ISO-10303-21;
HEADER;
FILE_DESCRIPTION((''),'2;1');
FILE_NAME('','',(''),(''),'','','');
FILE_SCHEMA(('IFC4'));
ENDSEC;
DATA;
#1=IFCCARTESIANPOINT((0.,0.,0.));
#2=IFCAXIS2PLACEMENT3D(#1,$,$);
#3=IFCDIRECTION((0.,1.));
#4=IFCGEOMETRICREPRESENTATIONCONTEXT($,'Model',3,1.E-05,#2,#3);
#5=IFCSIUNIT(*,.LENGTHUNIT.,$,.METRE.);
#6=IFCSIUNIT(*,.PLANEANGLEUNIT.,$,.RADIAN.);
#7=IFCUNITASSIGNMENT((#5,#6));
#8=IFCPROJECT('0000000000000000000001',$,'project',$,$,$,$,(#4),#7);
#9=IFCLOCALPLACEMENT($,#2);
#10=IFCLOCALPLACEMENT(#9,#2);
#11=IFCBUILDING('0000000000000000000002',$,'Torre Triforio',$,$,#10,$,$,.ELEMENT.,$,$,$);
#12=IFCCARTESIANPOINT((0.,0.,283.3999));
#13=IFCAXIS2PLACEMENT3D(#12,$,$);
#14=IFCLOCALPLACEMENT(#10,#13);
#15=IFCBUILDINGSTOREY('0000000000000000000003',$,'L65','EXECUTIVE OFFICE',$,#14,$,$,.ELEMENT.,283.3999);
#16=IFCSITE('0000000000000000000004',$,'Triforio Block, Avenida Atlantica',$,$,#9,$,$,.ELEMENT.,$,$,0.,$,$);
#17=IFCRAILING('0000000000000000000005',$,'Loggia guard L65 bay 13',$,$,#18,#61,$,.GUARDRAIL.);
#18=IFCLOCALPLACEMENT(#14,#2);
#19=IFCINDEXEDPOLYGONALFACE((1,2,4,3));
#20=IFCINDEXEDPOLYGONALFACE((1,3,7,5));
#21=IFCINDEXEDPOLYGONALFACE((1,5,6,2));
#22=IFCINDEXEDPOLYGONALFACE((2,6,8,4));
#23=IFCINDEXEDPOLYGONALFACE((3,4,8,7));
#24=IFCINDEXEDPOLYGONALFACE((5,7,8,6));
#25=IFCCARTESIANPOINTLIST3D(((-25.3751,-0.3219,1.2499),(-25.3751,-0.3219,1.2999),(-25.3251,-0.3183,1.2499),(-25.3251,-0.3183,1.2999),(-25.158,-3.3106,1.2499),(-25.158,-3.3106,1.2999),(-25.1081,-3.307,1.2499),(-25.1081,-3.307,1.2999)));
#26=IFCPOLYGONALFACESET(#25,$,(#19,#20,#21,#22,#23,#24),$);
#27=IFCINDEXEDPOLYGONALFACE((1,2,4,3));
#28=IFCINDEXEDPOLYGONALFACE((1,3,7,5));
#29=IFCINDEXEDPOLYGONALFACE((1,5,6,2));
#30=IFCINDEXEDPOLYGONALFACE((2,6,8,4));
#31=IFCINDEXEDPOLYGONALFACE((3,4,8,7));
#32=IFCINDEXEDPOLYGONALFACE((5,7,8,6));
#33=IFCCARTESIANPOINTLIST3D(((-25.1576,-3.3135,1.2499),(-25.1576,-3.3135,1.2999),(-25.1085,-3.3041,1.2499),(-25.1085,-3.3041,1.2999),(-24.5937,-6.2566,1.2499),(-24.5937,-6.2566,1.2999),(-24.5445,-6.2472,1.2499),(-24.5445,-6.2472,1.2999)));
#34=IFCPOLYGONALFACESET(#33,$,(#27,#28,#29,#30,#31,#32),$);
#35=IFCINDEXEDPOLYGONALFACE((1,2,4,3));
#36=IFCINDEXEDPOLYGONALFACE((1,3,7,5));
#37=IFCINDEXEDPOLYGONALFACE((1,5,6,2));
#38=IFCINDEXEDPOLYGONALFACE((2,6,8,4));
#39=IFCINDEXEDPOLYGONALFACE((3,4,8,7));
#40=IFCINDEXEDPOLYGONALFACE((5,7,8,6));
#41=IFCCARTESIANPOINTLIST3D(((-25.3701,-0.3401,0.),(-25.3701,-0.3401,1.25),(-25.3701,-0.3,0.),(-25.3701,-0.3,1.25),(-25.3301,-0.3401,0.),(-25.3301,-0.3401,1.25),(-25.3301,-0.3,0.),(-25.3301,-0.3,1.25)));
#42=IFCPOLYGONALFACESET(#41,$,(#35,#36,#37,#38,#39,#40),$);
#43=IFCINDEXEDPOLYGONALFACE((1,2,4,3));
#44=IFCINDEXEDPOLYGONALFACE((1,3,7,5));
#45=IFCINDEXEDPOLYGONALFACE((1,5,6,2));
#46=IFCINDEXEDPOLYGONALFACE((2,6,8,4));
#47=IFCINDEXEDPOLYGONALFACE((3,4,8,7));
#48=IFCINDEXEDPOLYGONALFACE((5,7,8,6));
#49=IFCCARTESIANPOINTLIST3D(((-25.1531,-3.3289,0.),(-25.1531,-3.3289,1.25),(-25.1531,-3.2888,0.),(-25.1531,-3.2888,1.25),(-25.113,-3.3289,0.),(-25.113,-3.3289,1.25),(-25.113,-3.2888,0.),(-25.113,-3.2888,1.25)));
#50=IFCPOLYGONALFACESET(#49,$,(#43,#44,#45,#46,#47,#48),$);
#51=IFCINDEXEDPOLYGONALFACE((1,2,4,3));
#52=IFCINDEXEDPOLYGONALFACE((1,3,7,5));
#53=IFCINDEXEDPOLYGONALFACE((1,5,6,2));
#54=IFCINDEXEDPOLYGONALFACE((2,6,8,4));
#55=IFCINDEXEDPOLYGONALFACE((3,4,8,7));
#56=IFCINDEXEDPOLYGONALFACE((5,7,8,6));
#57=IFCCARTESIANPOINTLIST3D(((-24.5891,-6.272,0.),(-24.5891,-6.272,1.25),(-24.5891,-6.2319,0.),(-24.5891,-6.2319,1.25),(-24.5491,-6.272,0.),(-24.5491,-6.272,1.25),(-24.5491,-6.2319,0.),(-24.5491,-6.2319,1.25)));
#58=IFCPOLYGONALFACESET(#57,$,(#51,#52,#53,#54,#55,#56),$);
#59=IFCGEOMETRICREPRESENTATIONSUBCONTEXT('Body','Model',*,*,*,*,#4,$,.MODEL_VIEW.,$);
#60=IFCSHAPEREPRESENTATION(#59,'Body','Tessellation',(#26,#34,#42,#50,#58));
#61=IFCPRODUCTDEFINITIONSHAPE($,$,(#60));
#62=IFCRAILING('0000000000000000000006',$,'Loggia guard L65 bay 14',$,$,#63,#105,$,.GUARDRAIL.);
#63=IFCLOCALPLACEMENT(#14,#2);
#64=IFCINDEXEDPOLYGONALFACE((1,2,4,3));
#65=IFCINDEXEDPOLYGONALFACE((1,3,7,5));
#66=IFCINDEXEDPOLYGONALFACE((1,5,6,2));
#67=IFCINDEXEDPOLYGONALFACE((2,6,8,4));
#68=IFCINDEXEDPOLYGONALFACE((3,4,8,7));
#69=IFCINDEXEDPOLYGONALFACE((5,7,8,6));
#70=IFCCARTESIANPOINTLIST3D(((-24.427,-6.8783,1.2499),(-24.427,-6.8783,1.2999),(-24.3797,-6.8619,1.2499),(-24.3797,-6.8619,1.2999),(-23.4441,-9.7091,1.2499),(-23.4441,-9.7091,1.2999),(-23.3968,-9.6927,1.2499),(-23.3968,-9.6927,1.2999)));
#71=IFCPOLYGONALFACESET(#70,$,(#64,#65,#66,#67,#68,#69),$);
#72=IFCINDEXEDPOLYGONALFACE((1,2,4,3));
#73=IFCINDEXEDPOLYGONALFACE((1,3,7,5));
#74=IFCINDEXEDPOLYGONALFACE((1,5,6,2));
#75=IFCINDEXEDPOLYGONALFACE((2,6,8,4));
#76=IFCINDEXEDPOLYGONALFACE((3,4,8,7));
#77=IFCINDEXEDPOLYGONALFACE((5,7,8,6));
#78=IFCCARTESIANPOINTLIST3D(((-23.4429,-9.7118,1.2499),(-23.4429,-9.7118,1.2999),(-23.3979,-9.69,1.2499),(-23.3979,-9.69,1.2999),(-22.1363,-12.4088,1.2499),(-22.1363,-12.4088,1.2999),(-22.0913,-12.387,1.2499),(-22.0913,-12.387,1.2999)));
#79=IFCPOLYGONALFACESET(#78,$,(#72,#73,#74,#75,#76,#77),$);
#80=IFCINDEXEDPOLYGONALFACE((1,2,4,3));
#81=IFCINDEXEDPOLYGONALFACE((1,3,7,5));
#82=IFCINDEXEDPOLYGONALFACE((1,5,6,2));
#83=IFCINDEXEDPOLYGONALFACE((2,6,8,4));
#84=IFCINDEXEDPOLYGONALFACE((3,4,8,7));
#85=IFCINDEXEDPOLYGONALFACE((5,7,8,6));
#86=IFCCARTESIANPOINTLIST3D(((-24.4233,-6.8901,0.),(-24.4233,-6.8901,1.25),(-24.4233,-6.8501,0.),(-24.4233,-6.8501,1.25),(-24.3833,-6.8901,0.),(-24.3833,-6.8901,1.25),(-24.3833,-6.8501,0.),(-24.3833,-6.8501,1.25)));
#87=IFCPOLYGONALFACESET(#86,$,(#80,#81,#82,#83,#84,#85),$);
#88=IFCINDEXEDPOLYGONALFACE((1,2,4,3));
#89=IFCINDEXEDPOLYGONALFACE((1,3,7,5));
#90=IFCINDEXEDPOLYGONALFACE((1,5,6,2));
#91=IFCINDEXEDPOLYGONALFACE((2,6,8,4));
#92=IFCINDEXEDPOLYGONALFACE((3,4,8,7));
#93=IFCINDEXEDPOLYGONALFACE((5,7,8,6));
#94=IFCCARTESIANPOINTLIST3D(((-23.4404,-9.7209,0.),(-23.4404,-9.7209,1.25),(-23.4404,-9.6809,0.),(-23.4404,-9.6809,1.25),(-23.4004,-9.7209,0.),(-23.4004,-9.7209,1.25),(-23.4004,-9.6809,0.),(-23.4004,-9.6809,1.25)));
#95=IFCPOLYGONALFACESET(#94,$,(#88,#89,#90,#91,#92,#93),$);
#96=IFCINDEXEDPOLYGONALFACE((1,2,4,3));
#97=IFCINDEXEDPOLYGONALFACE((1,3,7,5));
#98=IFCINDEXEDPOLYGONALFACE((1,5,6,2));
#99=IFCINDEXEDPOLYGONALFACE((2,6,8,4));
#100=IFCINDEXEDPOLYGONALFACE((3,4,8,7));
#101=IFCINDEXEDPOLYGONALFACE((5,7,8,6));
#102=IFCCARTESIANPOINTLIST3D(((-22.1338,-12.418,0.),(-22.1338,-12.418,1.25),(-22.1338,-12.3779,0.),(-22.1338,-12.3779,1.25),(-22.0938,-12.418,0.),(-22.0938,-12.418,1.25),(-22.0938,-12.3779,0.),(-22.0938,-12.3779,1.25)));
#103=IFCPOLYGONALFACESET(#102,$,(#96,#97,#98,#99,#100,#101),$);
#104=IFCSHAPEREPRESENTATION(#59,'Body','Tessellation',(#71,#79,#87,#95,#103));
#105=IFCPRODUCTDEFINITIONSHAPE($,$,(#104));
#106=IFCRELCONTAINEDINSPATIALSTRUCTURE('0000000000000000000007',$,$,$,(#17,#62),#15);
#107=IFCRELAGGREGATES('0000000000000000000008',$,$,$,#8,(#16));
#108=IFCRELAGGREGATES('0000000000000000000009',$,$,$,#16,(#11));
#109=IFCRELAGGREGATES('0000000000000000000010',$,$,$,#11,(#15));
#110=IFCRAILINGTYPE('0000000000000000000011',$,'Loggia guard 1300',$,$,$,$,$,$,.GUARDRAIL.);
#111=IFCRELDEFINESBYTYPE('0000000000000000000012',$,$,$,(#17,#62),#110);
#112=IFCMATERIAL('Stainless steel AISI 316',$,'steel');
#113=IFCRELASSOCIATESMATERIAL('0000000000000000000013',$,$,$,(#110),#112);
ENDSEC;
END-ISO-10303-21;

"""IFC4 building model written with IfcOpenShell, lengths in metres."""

from ifc_helpers import new_model, si_unit, direction, frame, origin, origin_2d, place, context, subcontext, project, spatial, rectangle, extrude, material, type_object, element, save


model = new_model("IFC4")

# Units and contexts
model_context = context("Model", 3, precision=1e-05, world=origin(), true_north=direction((0.0, 1.0)))
body_context = subcontext(model_context, "Body", "Model", "MODEL_VIEW")
ifc_project = project(units=[si_unit("LENGTHUNIT", "METRE"), si_unit("PLANEANGLEUNIT", "RADIAN")], contexts=[model_context])

# Site, building, storey
site_placement = place(None, origin())
site = spatial("IfcSite", under=ifc_project, at=site_placement, Name="Triforio Block, Avenida Atlantica", CompositionType="ELEMENT", RefElevation=0.0)
building_placement = place(site_placement, origin())
building = spatial("IfcBuilding", under=site, at=building_placement, Name="Torre Triforio", CompositionType="ELEMENT")
storey_placement = place(building_placement, frame((0.0, 0.0, 283.3999)))
storey = spatial("IfcBuildingStorey", under=building, at=storey_placement, Name="L65", Description="EXECUTIVE OFFICE", CompositionType="ELEMENT", Elevation=283.3999)

# Railings
ifc_material_1 = material(Name="Stainless steel AISI 316", Category="steel")
railing_type = type_object("IfcRailingType", Name="Loggia guard 1300", PredefinedType="GUARDRAIL", material=ifc_material_1)
railing_1_placement = place(storey_placement, frame((-25.3501, -0.3201, 0.0)))
element("IfcRailing", 1, at=railing_1_placement, inside=storey, type_object=railing_type, Name="Loggia guard L65 bay 13", PredefinedType="GUARDRAIL", context=body_context, shape_type="SweptSolid", body=[
    extrude(rectangle(XDim=0.05, YDim=0.05, at=origin_2d()), frame((0.0, 0.0, 1.2749), z_axis=(0.072428, -0.997374, 0.0), x_axis=(0.997374, 0.072428, 0.0)), (0.0, 0.0, 1.0), 2.9966),
    extrude(rectangle(XDim=0.05, YDim=0.05, at=origin_2d()), frame((0.217, -2.9888, 1.2749), z_axis=(0.188198, -0.982131, 0.0), x_axis=(0.982131, 0.188198, 0.0)), (0.0, 0.0, 1.0), 2.9966),
    extrude(rectangle(XDim=0.04, YDim=0.04, at=origin_2d()), origin(), (0.0, 0.0, 1.0), 1.25),
    extrude(rectangle(XDim=0.04, YDim=0.04, at=origin_2d()), frame((0.217, -2.9888, 0.0)), (0.0, 0.0, 1.0), 1.25),
    extrude(rectangle(XDim=0.04, YDim=0.04, at=origin_2d()), frame((0.781, -5.9319, 0.0)), (0.0, 0.0, 1.0), 1.25),
])
railing_2_placement = place(storey_placement, frame((-24.4033, -6.8701, 0.0)))
element("IfcRailing", 2, at=railing_2_placement, inside=storey, type_object=railing_type, Name="Loggia guard L65 bay 14", PredefinedType="GUARDRAIL", context=body_context, shape_type="SweptSolid", body=[
    extrude(rectangle(XDim=0.05, YDim=0.05, at=origin_2d()), frame((0.0, 0.0, 1.2749), z_axis=(0.328009, -0.944675, 0.0), x_axis=(0.944675, 0.328009, 0.0)), (0.0, 0.0, 1.0), 2.9966),
    extrude(rectangle(XDim=0.05, YDim=0.05, at=origin_2d()), frame((0.9829, -2.8308, 1.2749), z_axis=(0.436002, -0.899946, 0.0), x_axis=(0.899946, 0.436002, 0.0)), (0.0, 0.0, 1.0), 2.9968),
    extrude(rectangle(XDim=0.04, YDim=0.04, at=origin_2d()), origin(), (0.0, 0.0, 1.0), 1.25),
    extrude(rectangle(XDim=0.04, YDim=0.04, at=origin_2d()), frame((0.9829, -2.8308, 0.0)), (0.0, 0.0, 1.0), 1.25),
    extrude(rectangle(XDim=0.04, YDim=0.04, at=origin_2d()), frame((2.2896, -5.5278, 0.0)), (0.0, 0.0, 1.0), 1.25),
])

save(model, "model.ifc")
